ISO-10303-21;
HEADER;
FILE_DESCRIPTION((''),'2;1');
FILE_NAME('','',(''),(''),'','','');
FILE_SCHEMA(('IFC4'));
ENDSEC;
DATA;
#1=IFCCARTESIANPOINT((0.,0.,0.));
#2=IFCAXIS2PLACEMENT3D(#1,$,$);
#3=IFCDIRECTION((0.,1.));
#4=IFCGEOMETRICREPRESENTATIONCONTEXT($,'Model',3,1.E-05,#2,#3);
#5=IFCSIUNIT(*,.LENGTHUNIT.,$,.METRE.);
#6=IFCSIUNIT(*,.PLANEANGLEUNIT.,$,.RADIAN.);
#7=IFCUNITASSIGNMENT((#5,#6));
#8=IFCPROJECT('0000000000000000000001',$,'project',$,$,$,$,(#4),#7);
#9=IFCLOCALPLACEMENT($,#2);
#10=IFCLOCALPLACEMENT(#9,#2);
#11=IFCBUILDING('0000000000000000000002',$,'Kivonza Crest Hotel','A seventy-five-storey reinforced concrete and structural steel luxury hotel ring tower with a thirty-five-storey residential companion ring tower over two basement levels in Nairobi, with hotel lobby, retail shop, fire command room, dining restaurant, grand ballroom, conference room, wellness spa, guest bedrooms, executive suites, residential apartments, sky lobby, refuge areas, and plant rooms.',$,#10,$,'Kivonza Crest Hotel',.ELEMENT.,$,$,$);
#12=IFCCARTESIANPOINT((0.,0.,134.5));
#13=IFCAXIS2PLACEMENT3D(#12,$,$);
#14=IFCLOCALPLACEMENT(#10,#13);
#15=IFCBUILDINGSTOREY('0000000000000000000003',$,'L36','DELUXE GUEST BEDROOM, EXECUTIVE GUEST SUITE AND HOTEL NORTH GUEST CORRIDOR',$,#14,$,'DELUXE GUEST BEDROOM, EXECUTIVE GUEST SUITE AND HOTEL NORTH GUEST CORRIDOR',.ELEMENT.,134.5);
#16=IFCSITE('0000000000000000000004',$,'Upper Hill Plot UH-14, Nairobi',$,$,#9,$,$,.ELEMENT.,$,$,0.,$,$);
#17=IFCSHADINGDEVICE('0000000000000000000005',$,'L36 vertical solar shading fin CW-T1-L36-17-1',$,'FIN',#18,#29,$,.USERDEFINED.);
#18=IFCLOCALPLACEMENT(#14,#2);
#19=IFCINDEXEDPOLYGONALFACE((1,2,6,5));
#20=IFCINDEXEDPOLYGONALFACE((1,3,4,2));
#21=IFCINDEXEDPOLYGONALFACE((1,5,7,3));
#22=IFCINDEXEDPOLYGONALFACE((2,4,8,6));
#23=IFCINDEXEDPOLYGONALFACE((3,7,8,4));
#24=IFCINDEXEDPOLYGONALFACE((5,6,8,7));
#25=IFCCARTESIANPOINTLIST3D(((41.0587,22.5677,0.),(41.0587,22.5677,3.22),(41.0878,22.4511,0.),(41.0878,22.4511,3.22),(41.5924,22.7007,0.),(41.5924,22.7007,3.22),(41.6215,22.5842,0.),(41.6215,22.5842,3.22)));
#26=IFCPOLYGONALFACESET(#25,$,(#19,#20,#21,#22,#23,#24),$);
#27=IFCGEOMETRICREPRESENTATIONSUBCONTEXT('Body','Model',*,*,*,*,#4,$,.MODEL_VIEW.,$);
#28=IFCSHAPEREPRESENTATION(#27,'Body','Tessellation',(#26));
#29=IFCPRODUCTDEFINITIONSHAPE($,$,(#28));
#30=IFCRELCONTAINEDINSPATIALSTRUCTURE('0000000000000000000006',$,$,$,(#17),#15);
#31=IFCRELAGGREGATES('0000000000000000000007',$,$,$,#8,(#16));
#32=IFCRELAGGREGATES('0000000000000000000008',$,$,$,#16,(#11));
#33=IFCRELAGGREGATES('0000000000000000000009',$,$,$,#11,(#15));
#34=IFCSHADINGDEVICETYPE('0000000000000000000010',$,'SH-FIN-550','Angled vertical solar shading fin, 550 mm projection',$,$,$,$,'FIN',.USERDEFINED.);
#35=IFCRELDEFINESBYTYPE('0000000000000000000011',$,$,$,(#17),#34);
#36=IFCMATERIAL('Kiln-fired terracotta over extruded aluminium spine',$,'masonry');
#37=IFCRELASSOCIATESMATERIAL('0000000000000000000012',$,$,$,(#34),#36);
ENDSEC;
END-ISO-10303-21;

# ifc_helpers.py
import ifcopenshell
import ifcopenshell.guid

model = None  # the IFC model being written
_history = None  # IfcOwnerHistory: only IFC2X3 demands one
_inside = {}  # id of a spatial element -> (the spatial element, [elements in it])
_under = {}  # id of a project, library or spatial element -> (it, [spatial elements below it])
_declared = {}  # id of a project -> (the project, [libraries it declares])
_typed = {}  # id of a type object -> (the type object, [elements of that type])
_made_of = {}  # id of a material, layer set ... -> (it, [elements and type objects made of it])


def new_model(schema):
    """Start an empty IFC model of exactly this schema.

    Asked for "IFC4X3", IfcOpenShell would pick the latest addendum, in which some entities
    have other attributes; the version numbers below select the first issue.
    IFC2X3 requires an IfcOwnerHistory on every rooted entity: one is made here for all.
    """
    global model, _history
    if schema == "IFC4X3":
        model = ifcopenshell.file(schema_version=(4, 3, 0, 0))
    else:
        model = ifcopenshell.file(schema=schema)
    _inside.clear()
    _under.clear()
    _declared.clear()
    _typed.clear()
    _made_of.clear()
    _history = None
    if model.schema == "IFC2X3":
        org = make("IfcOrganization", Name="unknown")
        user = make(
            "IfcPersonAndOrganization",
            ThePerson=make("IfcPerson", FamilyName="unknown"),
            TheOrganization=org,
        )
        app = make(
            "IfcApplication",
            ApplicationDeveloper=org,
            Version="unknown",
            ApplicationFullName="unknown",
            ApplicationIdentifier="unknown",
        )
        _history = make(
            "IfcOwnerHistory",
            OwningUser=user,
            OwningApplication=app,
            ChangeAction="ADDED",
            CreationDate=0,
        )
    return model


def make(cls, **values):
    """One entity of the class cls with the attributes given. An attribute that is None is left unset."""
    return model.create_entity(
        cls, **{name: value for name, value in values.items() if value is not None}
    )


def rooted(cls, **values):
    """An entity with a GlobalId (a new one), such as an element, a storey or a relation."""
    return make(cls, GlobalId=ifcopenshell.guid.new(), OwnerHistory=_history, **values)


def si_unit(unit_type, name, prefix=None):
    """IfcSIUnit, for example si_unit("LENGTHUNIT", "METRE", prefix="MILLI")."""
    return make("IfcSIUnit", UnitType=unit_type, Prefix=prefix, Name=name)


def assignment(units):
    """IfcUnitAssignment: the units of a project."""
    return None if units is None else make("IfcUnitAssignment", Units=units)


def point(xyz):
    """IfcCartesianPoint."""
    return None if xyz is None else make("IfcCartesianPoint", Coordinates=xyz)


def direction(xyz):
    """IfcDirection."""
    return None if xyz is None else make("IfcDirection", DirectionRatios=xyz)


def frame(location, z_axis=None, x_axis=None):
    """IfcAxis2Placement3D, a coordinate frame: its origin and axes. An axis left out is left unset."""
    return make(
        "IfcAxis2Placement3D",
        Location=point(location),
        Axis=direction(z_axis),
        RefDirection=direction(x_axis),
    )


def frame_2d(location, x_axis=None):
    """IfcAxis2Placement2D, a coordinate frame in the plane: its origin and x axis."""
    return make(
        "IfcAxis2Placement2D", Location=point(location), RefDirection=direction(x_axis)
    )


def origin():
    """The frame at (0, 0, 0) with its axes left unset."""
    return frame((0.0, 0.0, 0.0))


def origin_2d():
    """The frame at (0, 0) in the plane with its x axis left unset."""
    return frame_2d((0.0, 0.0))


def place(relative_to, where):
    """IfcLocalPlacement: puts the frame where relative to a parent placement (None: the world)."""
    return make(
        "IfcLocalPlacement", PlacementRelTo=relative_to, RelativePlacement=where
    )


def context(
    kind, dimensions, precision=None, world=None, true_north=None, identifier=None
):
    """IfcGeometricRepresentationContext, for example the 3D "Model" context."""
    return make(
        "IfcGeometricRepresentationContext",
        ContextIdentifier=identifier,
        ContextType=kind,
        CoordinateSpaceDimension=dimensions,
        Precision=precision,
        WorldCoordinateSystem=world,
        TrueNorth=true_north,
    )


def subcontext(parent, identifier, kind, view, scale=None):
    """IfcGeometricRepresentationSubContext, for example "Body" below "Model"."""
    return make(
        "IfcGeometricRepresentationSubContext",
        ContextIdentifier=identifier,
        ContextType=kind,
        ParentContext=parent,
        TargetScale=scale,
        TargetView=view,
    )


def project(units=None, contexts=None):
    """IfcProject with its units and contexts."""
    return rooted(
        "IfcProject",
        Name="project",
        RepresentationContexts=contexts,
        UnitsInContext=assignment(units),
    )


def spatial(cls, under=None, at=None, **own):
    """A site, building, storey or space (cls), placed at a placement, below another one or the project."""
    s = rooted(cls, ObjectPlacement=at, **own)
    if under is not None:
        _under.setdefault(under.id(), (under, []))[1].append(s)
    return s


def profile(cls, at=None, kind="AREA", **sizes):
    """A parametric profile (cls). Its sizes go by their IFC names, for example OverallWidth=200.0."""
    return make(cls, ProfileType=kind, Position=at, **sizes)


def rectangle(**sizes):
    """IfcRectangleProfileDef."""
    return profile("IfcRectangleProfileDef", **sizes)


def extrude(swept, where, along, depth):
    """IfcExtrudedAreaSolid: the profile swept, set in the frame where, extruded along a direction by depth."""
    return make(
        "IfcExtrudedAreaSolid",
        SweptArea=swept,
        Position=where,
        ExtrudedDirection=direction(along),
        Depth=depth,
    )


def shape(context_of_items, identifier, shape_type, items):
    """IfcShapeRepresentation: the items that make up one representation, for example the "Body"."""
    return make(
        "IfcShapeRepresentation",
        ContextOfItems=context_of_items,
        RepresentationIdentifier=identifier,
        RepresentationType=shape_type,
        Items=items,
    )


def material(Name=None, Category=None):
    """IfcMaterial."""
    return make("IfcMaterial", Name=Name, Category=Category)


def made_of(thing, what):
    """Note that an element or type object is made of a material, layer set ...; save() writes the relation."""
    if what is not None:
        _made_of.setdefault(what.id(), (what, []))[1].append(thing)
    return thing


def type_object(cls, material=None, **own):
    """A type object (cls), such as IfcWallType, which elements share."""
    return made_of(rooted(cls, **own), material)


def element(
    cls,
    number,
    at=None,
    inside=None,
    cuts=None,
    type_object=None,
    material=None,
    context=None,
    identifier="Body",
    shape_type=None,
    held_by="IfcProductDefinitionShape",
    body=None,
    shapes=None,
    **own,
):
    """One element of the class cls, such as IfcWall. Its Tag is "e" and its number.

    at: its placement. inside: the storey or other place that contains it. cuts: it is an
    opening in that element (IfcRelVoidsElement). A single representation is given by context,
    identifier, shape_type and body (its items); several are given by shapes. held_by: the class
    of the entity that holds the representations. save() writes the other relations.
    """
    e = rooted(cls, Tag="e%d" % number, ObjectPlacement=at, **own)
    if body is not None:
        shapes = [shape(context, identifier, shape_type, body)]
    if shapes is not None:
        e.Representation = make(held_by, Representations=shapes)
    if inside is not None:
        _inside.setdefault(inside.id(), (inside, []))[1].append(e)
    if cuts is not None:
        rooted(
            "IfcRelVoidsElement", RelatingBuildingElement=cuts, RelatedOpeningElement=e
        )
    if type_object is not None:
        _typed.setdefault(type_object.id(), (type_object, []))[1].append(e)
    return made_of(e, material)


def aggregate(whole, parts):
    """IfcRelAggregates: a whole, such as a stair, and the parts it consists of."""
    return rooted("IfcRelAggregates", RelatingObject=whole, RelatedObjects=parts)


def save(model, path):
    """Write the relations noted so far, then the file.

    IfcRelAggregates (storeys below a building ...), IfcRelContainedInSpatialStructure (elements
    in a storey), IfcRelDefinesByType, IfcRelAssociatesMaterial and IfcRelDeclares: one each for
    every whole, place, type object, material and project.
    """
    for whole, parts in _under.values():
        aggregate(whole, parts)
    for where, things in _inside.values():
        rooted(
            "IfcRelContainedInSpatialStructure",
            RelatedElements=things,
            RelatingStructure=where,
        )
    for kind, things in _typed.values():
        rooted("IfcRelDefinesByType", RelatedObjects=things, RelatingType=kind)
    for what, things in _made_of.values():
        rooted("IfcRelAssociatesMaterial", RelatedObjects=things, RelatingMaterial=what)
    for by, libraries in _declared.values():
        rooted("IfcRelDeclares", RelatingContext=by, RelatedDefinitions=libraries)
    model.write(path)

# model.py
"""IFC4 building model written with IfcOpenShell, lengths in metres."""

from ifc_helpers import new_model, si_unit, direction, frame, origin, origin_2d, place, context, subcontext, project, spatial, rectangle, extrude, material, type_object, element, save


model = new_model("IFC4")

# Units and contexts
model_context = context("Model", 3, precision=1e-05, world=origin(), true_north=direction((0.0, 1.0)))
body_context = subcontext(model_context, "Body", "Model", "MODEL_VIEW")
ifc_project = project(units=[si_unit("LENGTHUNIT", "METRE"), si_unit("PLANEANGLEUNIT", "RADIAN")], contexts=[model_context])

# Site, building, storey
site_placement = place(None, origin())
site = spatial("IfcSite", under=ifc_project, at=site_placement, Name="Upper Hill Plot UH-14, Nairobi", CompositionType="ELEMENT", RefElevation=0.0)
building_placement = place(site_placement, origin())
building = spatial("IfcBuilding", under=site, at=building_placement, Name="Kivonza Crest Hotel", Description="A seventy-five-storey reinforced concrete and structural steel luxury hotel ring tower with a thirty-five-storey residential companion ring tower over two basement levels in Nairobi, with hotel lobby, retail shop, fire command room, dining restaurant, grand ballroom, conference room, wellness spa, guest bedrooms, executive suites, residential apartments, sky lobby, refuge areas, and plant rooms.", LongName="Kivonza Crest Hotel", CompositionType="ELEMENT")
storey_placement = place(building_placement, frame((0.0, 0.0, 134.5)))
storey = spatial("IfcBuildingStorey", under=building, at=storey_placement, Name="L36", Description="DELUXE GUEST BEDROOM, EXECUTIVE GUEST SUITE AND HOTEL NORTH GUEST CORRIDOR", LongName="DELUXE GUEST BEDROOM, EXECUTIVE GUEST SUITE AND HOTEL NORTH GUEST CORRIDOR", CompositionType="ELEMENT", Elevation=134.5)

# Shading device
ifc_material_1 = material(Name="Kiln-fired terracotta over extruded aluminium spine", Category="masonry")
shading_device_type = type_object("IfcShadingDeviceType", Name="SH-FIN-550", Description="Angled vertical solar shading fin, 550 mm projection", ElementType="FIN", PredefinedType="USERDEFINED", material=ifc_material_1)
shading_device_placement = place(storey_placement, frame((41.3401, 22.5759, 0.0), z_axis=(0.0, 0.0, 1.0), x_axis=(-0.241922, 0.970296, 0.0)))
element("IfcShadingDevice", 1, at=shading_device_placement, inside=storey, type_object=shading_device_type, Name="L36 vertical solar shading fin CW-T1-L36-17-1", ObjectType="FIN", PredefinedType="USERDEFINED", context=body_context, shape_type="SweptSolid", body=[
    extrude(rectangle(XDim=0.1201, YDim=0.55, at=origin_2d()), origin(), (0.0, 0.0, 1.0), 3.22),
])

save(model, "model.ifc")
